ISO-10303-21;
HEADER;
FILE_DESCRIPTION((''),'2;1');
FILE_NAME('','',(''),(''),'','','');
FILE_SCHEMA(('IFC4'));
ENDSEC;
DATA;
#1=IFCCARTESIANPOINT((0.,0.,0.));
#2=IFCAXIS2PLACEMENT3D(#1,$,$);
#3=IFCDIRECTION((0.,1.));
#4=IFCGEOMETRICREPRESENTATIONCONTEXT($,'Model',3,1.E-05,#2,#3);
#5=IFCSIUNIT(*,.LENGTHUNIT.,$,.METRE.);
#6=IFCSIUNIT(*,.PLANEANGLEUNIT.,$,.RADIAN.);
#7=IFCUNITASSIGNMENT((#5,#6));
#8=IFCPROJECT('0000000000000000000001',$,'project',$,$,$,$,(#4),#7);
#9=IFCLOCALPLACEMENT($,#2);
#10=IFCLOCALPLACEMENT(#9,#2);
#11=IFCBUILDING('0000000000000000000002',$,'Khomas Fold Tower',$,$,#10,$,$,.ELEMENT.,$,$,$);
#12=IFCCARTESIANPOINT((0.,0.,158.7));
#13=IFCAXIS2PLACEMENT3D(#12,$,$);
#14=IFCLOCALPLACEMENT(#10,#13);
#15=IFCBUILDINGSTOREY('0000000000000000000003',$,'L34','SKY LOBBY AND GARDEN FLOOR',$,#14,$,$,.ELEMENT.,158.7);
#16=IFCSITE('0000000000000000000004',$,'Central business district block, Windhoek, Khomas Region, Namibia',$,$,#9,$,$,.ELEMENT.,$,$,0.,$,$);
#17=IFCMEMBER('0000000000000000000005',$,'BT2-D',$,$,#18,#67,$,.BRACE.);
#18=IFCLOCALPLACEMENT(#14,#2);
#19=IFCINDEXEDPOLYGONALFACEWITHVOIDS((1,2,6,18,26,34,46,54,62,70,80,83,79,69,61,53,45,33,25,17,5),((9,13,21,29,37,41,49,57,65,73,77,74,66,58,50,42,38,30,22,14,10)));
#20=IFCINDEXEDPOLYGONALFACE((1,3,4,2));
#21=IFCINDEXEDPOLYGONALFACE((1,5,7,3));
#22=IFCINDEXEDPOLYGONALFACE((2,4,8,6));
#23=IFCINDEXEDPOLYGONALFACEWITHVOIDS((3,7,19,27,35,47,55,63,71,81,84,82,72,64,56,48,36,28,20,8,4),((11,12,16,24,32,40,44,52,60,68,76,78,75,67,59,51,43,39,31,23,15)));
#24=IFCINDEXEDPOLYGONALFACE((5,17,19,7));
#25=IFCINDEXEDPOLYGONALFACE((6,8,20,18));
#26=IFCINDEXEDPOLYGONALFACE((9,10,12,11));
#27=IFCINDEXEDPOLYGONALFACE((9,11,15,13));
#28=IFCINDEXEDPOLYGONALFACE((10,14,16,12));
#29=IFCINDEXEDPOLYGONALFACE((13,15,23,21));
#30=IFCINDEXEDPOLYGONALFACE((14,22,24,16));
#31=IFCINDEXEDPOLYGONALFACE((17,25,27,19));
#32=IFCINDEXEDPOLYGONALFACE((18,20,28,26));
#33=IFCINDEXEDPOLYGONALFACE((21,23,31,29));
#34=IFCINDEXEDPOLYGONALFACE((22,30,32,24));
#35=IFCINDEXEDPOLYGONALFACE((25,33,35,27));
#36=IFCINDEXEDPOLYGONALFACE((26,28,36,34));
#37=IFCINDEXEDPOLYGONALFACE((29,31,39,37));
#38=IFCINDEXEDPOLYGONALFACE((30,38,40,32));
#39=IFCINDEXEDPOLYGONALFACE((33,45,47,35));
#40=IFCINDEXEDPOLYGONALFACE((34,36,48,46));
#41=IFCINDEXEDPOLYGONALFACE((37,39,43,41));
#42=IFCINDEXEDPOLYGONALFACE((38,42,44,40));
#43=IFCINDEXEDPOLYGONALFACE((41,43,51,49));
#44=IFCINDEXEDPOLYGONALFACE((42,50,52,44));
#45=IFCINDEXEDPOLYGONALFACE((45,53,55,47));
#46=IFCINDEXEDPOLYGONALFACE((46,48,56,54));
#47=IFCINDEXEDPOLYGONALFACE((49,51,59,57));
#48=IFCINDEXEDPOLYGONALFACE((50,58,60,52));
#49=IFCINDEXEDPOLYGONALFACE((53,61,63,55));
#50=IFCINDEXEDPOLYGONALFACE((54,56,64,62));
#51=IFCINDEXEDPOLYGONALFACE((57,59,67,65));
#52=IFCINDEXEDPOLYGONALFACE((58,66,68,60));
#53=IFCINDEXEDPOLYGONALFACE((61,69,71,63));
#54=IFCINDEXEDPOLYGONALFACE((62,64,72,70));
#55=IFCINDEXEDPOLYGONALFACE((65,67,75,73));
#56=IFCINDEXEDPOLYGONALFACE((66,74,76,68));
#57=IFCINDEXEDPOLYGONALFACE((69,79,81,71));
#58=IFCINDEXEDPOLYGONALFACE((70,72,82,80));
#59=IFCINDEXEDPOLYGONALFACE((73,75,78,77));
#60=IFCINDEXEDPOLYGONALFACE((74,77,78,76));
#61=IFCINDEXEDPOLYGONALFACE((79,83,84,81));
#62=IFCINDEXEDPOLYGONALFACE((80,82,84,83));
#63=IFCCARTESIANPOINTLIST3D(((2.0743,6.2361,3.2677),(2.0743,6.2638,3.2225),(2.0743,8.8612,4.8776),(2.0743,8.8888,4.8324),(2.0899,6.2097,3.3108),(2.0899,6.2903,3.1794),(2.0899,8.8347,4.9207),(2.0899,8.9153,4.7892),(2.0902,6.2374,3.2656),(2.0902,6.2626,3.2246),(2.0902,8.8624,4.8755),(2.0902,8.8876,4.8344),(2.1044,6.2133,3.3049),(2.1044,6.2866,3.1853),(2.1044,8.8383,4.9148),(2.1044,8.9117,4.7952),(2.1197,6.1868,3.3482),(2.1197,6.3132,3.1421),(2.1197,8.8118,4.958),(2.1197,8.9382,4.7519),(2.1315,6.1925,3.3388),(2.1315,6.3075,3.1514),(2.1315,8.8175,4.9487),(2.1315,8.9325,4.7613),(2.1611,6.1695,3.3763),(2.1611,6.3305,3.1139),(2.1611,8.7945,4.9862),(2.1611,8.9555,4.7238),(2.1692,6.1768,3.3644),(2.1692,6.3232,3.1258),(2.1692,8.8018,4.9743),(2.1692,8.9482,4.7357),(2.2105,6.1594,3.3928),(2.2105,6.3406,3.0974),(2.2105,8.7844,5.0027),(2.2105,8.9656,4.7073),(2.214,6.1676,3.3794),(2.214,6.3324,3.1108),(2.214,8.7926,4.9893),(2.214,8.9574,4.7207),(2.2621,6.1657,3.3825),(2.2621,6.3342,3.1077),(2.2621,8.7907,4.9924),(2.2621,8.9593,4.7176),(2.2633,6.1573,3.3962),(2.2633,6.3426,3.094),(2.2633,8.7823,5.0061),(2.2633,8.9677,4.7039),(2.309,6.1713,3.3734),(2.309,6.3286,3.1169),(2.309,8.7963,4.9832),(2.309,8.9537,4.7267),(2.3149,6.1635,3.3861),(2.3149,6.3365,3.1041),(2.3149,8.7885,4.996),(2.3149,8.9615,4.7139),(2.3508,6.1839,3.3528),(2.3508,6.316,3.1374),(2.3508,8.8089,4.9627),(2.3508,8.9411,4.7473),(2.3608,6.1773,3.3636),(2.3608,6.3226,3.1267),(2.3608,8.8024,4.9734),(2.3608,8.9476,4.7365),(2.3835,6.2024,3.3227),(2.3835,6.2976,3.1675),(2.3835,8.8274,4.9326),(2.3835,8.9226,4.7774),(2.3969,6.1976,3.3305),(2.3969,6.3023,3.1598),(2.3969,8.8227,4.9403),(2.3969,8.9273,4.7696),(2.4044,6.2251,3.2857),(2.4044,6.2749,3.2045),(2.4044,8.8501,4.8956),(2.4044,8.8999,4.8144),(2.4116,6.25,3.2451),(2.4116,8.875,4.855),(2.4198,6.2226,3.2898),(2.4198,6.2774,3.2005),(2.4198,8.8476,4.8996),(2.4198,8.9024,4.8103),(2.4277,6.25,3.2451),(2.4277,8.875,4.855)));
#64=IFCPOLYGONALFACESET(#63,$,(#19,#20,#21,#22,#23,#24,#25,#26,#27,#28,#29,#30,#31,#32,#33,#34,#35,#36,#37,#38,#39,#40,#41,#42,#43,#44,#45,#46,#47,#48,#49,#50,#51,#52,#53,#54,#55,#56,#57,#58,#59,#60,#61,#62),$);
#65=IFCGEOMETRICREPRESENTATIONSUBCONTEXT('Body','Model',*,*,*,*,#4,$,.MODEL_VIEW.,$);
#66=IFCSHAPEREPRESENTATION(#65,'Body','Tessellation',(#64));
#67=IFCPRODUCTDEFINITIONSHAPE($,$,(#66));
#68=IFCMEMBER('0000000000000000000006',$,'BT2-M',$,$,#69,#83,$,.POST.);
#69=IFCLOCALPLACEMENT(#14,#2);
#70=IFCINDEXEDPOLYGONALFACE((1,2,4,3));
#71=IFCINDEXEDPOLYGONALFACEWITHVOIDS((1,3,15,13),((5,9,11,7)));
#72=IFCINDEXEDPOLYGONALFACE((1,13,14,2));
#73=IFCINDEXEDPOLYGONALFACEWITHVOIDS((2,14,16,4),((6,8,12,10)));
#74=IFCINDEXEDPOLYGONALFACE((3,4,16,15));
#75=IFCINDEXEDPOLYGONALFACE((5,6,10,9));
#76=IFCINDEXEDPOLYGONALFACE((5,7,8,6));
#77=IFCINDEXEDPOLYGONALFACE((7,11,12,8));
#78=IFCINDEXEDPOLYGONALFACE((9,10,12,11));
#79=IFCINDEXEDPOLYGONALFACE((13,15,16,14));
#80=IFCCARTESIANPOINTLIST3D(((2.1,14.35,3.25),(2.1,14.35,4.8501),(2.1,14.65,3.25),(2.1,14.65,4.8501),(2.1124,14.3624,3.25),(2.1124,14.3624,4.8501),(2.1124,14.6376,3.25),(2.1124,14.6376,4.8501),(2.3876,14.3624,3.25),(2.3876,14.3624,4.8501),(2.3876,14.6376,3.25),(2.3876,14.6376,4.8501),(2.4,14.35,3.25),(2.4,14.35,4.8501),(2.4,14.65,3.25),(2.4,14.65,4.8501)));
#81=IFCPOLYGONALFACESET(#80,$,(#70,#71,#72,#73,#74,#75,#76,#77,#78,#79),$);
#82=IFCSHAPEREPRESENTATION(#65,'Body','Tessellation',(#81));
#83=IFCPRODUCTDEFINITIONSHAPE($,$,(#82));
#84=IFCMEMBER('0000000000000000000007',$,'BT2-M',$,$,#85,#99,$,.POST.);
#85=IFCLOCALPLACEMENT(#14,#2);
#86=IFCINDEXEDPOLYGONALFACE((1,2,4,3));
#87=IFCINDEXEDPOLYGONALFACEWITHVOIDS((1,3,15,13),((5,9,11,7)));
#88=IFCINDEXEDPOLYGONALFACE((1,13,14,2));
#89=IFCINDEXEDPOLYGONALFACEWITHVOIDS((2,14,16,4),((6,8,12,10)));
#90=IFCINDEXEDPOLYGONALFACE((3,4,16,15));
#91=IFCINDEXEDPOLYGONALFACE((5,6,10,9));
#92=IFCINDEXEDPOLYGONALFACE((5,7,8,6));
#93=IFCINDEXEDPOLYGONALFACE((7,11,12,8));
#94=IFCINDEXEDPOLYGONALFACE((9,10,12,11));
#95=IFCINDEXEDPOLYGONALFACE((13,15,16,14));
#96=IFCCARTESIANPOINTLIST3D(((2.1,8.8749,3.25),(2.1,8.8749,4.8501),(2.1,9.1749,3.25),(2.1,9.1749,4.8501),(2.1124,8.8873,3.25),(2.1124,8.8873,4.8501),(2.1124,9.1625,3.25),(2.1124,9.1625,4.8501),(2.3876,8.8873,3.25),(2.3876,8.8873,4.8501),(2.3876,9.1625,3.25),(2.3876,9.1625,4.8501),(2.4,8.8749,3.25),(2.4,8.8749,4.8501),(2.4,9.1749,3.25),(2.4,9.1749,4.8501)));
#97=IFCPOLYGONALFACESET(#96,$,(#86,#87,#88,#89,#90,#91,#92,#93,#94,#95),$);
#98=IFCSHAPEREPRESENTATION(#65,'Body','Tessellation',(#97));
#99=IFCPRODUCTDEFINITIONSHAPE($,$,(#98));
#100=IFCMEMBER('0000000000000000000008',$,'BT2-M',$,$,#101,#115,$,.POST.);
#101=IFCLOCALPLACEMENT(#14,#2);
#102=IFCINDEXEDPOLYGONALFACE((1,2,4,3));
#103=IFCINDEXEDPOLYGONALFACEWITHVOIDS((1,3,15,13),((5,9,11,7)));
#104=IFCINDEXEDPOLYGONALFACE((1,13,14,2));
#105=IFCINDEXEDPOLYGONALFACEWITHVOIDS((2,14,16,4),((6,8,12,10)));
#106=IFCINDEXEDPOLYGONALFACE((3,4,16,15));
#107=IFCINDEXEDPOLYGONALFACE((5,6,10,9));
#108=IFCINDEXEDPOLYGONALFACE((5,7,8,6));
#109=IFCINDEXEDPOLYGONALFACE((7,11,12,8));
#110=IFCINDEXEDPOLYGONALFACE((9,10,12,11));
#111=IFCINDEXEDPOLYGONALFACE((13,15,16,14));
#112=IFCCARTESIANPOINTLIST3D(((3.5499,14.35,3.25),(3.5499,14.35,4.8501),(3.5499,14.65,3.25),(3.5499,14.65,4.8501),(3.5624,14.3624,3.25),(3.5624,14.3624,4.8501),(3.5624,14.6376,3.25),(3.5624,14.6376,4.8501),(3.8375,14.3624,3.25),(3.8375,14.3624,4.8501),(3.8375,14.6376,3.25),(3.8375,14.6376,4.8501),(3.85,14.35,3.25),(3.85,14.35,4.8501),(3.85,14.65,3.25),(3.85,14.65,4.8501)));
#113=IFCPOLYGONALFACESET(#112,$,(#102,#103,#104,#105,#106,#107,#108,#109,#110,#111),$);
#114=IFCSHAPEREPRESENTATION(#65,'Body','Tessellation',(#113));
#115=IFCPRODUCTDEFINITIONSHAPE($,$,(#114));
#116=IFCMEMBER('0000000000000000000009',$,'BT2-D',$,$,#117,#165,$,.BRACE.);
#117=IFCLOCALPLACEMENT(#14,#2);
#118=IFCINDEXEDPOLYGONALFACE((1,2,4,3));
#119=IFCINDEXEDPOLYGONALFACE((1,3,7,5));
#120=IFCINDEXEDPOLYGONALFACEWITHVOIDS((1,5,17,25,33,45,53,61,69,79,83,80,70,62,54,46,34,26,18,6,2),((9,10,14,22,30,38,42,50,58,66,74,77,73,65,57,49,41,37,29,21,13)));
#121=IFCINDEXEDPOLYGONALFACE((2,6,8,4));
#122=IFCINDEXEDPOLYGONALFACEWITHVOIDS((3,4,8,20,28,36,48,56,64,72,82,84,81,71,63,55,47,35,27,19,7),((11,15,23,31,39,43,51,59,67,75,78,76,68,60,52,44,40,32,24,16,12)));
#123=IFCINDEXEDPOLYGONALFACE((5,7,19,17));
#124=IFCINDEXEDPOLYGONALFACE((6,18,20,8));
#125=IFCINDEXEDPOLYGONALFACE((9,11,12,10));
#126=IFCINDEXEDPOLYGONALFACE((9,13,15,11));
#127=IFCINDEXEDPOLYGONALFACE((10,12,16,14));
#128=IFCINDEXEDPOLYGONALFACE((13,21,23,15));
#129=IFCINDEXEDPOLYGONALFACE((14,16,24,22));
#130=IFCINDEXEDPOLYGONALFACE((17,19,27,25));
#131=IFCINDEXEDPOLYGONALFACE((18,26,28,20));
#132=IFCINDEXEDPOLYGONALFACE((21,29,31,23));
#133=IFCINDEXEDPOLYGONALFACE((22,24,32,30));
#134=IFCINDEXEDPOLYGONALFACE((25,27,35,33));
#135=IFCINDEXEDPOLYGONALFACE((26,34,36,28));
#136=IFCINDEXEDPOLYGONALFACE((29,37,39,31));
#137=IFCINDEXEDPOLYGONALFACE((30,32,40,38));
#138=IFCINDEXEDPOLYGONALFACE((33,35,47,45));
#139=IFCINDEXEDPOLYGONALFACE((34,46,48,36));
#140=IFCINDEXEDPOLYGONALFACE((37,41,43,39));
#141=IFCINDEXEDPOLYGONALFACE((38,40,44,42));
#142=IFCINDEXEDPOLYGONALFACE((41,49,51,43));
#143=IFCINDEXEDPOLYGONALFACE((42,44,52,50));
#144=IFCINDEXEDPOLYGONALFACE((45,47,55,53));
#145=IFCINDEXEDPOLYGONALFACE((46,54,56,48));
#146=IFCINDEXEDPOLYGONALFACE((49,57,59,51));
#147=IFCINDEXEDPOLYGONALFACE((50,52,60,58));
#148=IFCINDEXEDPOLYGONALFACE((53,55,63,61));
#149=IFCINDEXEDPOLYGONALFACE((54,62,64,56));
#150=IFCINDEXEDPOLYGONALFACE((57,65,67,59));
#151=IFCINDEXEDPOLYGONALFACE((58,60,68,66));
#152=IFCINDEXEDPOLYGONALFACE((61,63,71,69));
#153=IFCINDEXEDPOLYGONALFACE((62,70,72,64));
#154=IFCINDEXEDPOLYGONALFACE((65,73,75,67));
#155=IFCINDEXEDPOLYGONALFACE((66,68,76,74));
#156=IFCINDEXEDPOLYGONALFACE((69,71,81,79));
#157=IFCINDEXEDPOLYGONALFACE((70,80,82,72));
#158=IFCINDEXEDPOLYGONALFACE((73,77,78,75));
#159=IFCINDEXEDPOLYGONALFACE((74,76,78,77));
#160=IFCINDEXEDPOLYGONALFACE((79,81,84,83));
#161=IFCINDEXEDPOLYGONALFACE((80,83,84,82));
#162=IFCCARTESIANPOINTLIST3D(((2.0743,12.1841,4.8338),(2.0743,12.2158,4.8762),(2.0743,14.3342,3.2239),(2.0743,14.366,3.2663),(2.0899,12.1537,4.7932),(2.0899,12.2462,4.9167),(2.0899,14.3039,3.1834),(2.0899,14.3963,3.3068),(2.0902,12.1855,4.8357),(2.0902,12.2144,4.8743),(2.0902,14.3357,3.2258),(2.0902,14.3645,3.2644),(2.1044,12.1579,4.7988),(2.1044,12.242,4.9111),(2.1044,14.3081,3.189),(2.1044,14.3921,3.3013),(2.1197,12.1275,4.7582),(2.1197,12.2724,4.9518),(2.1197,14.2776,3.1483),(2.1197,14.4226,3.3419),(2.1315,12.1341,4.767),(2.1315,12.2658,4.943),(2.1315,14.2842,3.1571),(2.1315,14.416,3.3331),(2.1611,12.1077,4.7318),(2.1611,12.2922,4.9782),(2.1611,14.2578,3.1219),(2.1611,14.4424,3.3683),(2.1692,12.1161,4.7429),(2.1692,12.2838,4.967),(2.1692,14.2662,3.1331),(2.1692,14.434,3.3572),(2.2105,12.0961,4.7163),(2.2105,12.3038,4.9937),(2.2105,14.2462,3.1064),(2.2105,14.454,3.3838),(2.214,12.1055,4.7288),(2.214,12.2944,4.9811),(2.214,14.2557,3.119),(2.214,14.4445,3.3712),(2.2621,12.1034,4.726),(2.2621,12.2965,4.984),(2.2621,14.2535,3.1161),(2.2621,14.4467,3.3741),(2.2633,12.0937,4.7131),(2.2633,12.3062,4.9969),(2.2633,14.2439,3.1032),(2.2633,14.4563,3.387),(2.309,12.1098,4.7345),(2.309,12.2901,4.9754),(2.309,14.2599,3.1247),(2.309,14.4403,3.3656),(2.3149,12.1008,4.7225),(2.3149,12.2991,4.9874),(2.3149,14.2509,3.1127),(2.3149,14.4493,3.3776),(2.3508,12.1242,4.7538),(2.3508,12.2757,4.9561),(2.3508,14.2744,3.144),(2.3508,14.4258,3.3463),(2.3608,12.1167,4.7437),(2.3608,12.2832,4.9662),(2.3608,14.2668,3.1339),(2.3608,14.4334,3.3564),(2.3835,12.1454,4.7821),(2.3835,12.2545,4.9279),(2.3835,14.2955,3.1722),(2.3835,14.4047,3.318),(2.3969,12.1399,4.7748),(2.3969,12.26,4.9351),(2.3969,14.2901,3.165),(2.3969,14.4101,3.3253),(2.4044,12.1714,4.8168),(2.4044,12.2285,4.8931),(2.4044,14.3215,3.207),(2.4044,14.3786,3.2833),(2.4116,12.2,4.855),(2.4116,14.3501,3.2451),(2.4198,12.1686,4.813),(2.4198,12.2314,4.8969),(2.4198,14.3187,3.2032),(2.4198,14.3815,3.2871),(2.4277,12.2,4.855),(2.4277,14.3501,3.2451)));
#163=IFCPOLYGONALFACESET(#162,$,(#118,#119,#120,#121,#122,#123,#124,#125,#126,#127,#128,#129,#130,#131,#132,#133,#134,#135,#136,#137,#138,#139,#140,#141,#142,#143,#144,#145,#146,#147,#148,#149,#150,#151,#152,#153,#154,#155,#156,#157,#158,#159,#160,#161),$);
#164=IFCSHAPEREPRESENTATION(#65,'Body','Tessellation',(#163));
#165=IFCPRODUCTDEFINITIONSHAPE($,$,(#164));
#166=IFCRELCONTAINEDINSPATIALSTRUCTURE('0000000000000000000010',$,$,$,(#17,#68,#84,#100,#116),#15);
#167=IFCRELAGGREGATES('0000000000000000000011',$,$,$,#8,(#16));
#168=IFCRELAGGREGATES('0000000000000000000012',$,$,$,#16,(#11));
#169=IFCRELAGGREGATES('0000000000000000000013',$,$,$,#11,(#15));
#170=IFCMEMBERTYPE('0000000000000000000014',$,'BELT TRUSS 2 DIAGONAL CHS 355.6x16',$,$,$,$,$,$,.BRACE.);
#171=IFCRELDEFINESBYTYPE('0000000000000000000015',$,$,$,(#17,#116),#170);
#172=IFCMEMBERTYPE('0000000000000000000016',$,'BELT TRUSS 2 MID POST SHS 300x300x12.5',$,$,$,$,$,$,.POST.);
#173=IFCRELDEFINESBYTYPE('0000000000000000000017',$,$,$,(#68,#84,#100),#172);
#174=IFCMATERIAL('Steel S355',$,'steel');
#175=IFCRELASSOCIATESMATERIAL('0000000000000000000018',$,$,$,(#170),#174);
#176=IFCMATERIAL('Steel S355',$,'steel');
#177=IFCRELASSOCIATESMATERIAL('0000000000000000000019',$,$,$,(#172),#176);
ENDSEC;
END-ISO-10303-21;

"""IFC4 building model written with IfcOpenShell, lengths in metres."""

from ifc_helpers import new_model, si_unit, direction, frame, origin, origin_2d, place, context, subcontext, project, spatial, hollow_rectangle, hollow_circle, extrude, source, transform, mapped, material, material_profile, profile_set, type_object, element, save


model = new_model("IFC4")

# Units and contexts
model_context = context("Model", 3, precision=1e-05, world=origin(), true_north=direction((0.0, 1.0)))
body_context = subcontext(model_context, "Body", "Model", "MODEL_VIEW")
ifc_project = project(units=[si_unit("LENGTHUNIT", "METRE"), si_unit("PLANEANGLEUNIT", "RADIAN")], contexts=[model_context])

# Site, building, storey
site_placement = place(None, origin())
site = spatial("IfcSite", under=ifc_project, at=site_placement, Name="Central business district block, Windhoek, Khomas Region, Namibia", CompositionType="ELEMENT", RefElevation=0.0)
building_placement = place(site_placement, origin())
building = spatial("IfcBuilding", under=site, at=building_placement, Name="Khomas Fold Tower", CompositionType="ELEMENT")
storey_placement = place(building_placement, frame((0.0, 0.0, 158.7)))
storey = spatial("IfcBuildingStorey", under=building, at=storey_placement, Name="L34", Description="SKY LOBBY AND GARDEN FLOOR", CompositionType="ELEMENT", Elevation=158.7)

# Members
ifc_material_1 = material(Name="Steel S355", Category="steel")
ifc_material_profile_1 = material_profile(ifc_material_1, hollow_circle(Radius=0.1777, WallThickness=0.0161, at=origin_2d()), Name="CHS 355.6x16")
ifc_profile_set_1 = profile_set([ifc_material_profile_1], Name="Steel S355")
member_type_1 = type_object("IfcMemberType", Name="BELT TRUSS 2 DIAGONAL CHS 355.6x16", PredefinedType="BRACE", material=ifc_profile_set_1)
shared_shape_1 = source(origin(), body_context, "Body", "SweptSolid", [
    extrude(hollow_circle(Radius=0.1777, WallThickness=0.0161, at=origin_2d()), origin(), (0.0, 0.0, 1.0), 3.0793),
])
for number, where, z_axis, x_axis, name in (
    (1, (2.25, 8.875, 4.855), (0.0, -0.852458, -0.522796), (1.0, 0.0, 0.0), "BT2-D"),
):
    element("IfcMember", number, at=place(storey_placement, frame(where, z_axis=z_axis, x_axis=x_axis)), inside=storey, type_object=member_type_1, Name=name, PredefinedType="BRACE", context=body_context, shape_type="MappedRepresentation", body=[
        mapped(shared_shape_1, transform((0.0, 0.0, 0.0))),
    ])
ifc_material_2 = material(Name="Steel S355", Category="steel")
ifc_material_profile_2 = material_profile(ifc_material_2, hollow_rectangle(XDim=0.3, YDim=0.3, WallThickness=0.0125, at=origin_2d()), Name="SHS 300x300x12.5")
ifc_profile_set_2 = profile_set([ifc_material_profile_2], Name="Steel S355")
member_type_2 = type_object("IfcMemberType", Name="BELT TRUSS 2 MID POST SHS 300x300x12.5", PredefinedType="POST", material=ifc_profile_set_2)
shared_shape_2 = source(origin(), body_context, "Body", "SweptSolid", [
    extrude(hollow_rectangle(XDim=0.3, YDim=0.3, WallThickness=0.0125, at=origin_2d()), origin(), (0.0, 0.0, 1.0), 1.6001),
])
for number, where, z_axis, x_axis, name in (
    (2, (2.25, 14.5, 3.25), (0.0, 0.0, 1.0), (1.0, 0.0, 0.0), "BT2-M"),
    (3, (2.25, 9.0249, 3.25), (0.0, 0.0, 1.0), (1.0, 0.0, 0.0), "BT2-M"),
    (4, (3.7, 14.5, 3.25), (0.0, 0.0, 1.0), (1.0, 0.0, 0.0), "BT2-M"),
):
    element("IfcMember", number, at=place(storey_placement, frame(where, z_axis=z_axis, x_axis=x_axis)), inside=storey, type_object=member_type_2, Name=name, PredefinedType="POST", context=body_context, shape_type="MappedRepresentation", body=[
        mapped(shared_shape_2, transform((0.0, 0.0, 0.0))),
    ])
shared_shape_3 = source(origin(), body_context, "Body", "SweptSolid", [
    extrude(hollow_circle(Radius=0.1777, WallThickness=0.0161, at=origin_2d()), origin(), (0.0, 0.0, 1.0), 2.686),
])
for number, where, z_axis, x_axis, name in (
    (5, (2.25, 14.3501, 3.2451), (0.0, -0.800491, 0.599345), (1.0, 0.0, 0.0), "BT2-D"),
):
    element("IfcMember", number, at=place(storey_placement, frame(where, z_axis=z_axis, x_axis=x_axis)), inside=storey, type_object=member_type_1, Name=name, PredefinedType="BRACE", context=body_context, shape_type="MappedRepresentation", body=[
        mapped(shared_shape_3, transform((0.0, 0.0, 0.0))),
    ])

save(model, "model.ifc")
